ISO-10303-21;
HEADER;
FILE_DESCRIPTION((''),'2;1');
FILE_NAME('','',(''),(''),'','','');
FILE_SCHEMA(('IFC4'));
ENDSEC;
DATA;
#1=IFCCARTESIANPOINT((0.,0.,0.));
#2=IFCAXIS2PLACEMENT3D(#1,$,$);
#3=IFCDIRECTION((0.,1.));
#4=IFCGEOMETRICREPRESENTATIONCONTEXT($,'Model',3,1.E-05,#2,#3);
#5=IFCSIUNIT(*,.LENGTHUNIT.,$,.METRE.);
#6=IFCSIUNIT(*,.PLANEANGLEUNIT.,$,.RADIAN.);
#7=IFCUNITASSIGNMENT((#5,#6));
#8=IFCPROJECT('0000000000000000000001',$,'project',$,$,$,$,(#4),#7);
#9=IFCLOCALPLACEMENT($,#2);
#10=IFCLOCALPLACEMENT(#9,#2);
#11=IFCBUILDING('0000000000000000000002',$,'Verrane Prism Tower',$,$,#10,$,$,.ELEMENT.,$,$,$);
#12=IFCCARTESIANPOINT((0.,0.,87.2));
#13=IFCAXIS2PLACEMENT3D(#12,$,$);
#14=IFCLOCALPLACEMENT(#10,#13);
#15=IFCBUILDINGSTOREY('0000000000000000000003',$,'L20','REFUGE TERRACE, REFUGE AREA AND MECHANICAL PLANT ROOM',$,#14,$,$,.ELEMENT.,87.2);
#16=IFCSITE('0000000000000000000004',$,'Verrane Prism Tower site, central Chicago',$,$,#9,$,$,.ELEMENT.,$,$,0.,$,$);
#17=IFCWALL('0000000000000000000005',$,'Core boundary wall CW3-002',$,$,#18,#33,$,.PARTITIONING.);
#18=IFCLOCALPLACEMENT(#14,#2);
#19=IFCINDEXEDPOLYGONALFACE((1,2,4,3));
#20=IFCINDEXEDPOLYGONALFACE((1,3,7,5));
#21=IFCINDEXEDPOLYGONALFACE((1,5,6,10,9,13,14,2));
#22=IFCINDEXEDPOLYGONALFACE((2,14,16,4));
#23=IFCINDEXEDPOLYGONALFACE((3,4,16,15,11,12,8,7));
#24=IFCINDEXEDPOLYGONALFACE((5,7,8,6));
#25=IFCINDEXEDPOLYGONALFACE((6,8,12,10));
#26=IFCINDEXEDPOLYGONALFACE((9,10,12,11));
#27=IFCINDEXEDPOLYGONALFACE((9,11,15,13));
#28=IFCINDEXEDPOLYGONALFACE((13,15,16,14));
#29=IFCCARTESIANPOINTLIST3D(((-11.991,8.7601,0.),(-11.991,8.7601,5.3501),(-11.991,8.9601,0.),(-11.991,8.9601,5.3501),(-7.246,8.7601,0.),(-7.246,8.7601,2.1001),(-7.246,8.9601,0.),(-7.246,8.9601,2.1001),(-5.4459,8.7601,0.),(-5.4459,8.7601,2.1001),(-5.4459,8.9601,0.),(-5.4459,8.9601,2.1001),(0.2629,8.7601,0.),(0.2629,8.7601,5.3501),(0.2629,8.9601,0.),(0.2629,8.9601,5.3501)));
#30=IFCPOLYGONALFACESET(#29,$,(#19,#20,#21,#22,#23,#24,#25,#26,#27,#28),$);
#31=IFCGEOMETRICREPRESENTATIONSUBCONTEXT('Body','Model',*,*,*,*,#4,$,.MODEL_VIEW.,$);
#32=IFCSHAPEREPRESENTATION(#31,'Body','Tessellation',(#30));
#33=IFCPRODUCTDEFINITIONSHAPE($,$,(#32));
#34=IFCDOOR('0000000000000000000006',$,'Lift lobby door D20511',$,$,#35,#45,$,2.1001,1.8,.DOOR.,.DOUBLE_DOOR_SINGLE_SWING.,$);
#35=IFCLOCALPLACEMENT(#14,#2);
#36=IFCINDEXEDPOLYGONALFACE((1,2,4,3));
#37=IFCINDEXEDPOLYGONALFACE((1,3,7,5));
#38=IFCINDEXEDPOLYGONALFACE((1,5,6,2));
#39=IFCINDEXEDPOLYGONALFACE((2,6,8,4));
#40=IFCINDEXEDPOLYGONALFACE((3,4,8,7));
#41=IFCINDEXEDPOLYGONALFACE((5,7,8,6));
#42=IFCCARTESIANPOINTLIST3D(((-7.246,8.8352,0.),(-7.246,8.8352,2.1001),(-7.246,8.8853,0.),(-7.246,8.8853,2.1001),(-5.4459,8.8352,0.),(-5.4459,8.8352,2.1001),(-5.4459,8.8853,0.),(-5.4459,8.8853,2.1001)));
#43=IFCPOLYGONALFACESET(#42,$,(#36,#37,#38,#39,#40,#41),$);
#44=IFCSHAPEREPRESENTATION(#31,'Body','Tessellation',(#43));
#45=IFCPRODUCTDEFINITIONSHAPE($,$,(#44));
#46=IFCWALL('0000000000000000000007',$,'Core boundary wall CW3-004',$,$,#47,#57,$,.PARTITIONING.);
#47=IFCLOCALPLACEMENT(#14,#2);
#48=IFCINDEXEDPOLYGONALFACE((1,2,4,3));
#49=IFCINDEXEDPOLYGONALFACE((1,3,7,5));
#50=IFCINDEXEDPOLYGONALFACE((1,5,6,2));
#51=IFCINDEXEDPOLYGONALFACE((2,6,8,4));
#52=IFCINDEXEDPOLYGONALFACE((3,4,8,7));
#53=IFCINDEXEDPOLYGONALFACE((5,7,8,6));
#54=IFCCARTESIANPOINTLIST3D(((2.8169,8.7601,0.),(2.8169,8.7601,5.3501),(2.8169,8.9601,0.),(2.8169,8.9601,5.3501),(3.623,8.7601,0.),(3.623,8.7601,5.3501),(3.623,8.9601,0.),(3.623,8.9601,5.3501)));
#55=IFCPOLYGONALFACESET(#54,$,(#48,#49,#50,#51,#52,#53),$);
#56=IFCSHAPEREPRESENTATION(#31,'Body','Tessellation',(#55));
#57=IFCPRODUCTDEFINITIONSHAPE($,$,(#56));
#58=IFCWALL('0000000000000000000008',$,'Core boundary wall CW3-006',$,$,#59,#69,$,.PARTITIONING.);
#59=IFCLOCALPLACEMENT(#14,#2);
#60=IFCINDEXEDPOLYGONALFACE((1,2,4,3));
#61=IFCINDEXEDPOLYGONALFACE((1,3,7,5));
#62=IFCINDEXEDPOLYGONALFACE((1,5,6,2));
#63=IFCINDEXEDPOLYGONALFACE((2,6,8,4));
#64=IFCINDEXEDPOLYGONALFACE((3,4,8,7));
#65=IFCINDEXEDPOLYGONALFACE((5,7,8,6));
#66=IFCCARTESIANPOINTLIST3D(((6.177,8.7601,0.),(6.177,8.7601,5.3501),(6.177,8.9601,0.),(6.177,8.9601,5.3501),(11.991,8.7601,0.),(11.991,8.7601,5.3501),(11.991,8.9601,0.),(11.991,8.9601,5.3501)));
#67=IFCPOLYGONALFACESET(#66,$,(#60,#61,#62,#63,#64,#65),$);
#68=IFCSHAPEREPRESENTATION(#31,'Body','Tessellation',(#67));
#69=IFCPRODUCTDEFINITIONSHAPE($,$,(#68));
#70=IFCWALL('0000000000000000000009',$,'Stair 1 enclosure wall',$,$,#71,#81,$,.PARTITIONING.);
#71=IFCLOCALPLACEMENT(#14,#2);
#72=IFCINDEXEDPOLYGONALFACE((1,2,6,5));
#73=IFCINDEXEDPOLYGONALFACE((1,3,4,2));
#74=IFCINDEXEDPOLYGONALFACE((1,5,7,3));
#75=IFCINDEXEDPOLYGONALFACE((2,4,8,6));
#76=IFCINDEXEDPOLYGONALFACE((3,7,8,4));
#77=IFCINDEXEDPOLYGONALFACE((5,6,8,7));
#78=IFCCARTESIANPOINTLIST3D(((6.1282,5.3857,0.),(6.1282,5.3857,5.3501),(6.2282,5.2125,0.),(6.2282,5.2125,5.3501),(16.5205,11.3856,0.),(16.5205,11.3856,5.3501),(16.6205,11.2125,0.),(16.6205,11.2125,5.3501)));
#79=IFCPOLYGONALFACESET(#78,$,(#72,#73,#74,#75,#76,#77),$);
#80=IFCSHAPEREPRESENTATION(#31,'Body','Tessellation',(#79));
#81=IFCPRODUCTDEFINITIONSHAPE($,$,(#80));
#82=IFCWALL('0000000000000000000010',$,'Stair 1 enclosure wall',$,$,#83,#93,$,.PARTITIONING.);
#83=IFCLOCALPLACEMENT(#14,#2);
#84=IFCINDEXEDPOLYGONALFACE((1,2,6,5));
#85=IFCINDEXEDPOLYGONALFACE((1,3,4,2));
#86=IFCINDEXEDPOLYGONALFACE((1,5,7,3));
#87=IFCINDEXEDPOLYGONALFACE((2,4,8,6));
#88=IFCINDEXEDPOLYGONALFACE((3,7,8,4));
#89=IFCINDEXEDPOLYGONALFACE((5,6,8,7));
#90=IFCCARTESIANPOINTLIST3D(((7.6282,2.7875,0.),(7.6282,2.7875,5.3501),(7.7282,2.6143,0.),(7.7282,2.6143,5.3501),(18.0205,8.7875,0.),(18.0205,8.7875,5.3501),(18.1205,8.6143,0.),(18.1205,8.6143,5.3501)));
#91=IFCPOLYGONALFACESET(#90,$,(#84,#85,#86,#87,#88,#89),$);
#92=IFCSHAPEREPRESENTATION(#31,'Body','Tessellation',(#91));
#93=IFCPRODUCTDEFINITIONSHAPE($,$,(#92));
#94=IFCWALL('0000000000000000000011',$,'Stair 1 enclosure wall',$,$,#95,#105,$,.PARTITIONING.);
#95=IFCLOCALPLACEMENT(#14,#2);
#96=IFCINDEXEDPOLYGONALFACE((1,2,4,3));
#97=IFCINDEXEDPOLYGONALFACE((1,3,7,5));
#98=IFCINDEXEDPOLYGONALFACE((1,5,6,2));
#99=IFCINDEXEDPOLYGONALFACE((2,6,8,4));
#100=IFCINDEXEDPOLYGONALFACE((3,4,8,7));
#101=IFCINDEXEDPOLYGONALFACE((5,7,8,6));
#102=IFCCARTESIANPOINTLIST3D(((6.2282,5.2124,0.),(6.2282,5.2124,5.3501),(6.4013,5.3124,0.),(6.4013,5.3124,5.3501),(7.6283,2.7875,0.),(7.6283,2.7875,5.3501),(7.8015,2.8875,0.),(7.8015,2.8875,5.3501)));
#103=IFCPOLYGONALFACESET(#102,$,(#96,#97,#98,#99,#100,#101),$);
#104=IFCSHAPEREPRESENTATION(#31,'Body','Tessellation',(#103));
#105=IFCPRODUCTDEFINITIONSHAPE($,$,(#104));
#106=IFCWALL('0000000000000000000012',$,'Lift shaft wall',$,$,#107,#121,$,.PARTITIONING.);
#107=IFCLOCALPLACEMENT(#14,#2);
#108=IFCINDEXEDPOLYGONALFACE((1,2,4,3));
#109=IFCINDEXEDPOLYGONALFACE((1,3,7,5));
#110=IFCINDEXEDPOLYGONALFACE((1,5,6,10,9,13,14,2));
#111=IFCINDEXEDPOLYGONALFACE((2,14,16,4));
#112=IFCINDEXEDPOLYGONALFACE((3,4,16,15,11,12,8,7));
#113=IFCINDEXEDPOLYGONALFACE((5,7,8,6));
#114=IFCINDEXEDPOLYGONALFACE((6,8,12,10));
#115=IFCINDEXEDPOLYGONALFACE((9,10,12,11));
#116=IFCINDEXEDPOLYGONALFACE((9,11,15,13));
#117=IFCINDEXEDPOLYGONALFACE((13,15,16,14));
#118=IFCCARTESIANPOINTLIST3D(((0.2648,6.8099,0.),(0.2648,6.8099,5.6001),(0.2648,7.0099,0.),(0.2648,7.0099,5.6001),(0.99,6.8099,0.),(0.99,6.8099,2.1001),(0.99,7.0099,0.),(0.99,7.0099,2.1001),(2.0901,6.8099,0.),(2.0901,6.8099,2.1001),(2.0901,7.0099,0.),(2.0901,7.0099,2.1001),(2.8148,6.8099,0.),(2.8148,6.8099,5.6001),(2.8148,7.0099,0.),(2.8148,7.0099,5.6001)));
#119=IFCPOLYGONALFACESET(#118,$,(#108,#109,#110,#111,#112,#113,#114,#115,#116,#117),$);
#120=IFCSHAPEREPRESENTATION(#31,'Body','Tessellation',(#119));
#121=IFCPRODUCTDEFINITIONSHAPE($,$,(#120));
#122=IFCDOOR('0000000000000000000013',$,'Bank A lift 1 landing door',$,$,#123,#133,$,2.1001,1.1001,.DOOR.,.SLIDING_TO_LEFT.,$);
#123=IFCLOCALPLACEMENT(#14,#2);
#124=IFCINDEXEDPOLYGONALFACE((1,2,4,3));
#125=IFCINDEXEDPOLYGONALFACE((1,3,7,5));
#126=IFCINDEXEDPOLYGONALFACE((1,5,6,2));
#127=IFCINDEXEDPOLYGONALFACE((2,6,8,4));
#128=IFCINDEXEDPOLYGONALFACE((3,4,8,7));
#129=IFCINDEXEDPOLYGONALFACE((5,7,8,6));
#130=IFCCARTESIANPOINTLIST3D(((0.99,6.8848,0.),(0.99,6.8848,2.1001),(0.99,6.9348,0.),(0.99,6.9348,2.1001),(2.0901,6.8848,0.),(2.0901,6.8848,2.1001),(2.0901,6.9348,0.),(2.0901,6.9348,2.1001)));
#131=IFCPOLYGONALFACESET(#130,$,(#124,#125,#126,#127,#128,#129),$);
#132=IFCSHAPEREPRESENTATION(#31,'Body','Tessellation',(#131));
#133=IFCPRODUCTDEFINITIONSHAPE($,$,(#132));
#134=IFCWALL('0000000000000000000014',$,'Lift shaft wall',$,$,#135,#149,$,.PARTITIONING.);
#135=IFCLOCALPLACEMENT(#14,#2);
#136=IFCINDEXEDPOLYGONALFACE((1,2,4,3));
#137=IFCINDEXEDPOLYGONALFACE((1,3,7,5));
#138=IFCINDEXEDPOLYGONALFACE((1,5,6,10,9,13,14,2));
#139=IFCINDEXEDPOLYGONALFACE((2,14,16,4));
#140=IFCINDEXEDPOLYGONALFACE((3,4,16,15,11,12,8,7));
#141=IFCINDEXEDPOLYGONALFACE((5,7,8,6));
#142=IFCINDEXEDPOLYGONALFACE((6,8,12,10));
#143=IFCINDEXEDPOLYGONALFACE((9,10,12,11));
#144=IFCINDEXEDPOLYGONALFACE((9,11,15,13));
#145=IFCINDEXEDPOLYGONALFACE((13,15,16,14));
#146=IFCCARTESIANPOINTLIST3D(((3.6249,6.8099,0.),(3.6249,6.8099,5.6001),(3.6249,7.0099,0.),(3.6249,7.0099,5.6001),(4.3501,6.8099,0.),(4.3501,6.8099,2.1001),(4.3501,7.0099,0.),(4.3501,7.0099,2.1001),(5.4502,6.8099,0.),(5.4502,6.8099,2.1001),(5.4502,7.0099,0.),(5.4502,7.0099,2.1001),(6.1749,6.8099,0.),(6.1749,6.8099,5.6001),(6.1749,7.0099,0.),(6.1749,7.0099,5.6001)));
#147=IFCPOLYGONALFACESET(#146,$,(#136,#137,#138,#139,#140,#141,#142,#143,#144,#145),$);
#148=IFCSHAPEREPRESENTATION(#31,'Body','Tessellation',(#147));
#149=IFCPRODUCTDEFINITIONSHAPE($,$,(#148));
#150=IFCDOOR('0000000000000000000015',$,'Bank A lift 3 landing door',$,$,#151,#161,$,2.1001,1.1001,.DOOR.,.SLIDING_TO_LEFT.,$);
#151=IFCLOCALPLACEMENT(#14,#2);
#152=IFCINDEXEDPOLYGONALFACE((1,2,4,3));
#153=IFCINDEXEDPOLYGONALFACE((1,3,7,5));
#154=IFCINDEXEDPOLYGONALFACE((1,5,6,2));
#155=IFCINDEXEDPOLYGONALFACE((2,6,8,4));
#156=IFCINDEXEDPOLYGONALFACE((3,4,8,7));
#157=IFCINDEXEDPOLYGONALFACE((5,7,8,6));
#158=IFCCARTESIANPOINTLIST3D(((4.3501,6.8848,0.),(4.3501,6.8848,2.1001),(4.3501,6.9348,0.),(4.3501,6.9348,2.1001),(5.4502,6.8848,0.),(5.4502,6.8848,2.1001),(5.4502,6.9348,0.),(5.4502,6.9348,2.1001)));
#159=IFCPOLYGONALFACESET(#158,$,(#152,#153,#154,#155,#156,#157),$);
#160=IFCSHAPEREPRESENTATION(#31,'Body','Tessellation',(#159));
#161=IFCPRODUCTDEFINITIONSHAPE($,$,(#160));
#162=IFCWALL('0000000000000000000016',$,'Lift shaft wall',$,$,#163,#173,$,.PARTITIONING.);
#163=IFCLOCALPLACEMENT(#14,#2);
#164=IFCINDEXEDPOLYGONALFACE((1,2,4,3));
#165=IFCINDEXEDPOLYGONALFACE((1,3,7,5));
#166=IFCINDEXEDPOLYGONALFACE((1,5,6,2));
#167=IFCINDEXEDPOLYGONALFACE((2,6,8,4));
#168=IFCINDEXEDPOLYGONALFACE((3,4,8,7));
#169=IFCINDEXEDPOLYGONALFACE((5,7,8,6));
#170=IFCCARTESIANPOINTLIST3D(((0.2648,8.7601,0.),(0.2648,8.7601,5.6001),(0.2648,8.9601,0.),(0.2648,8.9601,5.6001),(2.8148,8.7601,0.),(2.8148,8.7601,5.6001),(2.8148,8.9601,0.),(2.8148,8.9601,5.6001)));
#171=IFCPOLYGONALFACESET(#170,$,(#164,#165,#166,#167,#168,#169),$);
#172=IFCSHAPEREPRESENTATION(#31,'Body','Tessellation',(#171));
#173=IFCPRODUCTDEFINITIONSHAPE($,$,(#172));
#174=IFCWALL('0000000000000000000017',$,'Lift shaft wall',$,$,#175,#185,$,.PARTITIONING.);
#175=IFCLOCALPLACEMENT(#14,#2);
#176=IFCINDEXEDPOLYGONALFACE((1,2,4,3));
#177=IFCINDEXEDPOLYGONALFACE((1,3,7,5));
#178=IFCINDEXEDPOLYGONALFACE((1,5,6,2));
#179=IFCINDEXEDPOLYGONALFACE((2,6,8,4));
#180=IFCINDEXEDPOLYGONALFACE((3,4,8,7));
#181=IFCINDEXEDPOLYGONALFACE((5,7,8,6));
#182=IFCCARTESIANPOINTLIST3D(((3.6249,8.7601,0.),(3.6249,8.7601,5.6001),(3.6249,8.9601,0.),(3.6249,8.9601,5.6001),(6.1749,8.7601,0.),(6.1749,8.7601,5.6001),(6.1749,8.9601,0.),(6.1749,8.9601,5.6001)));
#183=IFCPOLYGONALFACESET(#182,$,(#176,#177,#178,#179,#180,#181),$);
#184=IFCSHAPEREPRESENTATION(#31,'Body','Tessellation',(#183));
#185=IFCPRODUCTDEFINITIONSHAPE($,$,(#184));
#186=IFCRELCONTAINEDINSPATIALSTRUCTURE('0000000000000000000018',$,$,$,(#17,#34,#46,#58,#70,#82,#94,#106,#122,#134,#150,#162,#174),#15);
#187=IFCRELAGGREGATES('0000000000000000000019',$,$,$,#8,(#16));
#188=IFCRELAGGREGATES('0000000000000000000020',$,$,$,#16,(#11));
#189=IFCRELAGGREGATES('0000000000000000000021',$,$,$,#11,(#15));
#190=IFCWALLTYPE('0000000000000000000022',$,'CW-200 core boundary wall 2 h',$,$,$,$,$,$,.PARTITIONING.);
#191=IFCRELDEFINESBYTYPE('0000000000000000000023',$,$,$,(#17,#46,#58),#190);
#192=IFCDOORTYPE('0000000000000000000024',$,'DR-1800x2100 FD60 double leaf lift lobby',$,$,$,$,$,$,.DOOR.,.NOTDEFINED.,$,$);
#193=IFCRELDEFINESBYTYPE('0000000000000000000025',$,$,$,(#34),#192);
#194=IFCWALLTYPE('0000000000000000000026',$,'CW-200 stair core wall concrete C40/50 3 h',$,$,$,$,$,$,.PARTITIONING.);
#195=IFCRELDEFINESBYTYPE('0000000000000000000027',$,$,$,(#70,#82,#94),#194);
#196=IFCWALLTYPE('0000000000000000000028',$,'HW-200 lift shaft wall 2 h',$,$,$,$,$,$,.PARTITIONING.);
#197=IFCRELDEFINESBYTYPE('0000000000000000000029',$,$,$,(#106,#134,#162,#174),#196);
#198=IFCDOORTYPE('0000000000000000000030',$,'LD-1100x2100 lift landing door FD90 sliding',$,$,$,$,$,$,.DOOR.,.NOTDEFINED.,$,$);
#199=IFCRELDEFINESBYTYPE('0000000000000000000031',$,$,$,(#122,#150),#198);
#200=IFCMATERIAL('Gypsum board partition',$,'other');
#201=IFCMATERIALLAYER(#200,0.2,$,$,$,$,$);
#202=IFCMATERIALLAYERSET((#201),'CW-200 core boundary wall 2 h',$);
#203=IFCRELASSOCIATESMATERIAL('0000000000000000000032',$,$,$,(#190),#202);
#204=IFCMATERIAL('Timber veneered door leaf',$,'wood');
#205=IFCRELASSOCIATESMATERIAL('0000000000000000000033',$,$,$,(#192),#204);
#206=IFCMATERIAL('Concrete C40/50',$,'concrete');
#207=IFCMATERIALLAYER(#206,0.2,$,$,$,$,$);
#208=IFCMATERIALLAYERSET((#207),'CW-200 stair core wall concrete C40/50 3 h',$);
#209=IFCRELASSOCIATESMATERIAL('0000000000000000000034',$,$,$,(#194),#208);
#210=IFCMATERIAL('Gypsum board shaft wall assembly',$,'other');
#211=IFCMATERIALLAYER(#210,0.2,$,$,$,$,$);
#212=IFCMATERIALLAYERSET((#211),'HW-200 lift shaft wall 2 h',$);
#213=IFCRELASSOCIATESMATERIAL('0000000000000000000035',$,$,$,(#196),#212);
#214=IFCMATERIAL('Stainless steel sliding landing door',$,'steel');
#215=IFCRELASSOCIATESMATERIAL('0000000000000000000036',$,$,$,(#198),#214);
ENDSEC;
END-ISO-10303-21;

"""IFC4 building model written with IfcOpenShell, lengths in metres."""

from ifc_helpers import new_model, si_unit, direction, frame, frame_2d, origin, place, context, subcontext, project, spatial, rectangle, extrude, material, layer, layer_set, type_object, element, fill, save


model = new_model("IFC4")

# Units and contexts
model_context = context("Model", 3, precision=1e-05, world=origin(), true_north=direction((0.0, 1.0)))
body_context = subcontext(model_context, "Body", "Model", "MODEL_VIEW")
ifc_project = project(units=[si_unit("LENGTHUNIT", "METRE"), si_unit("PLANEANGLEUNIT", "RADIAN")], contexts=[model_context])

# Site, building, storey
site_placement = place(None, origin())
site = spatial("IfcSite", under=ifc_project, at=site_placement, Name="Verrane Prism Tower site, central Chicago", CompositionType="ELEMENT", RefElevation=0.0)
building_placement = place(site_placement, origin())
building = spatial("IfcBuilding", under=site, at=building_placement, Name="Verrane Prism Tower", CompositionType="ELEMENT")
storey_placement = place(building_placement, frame((0.0, 0.0, 87.2)))
storey = spatial("IfcBuildingStorey", under=building, at=storey_placement, Name="L20", Description="REFUGE TERRACE, REFUGE AREA AND MECHANICAL PLANT ROOM", CompositionType="ELEMENT", Elevation=87.2)

# Wall, opening, door
ifc_material_1 = material(Name="Gypsum board partition", Category="other")
ifc_layer_1 = layer(ifc_material_1, 0.2)
ifc_layer_set_1 = layer_set([ifc_layer_1], Name="CW-200 core boundary wall 2 h")
wall_type_1 = type_object("IfcWallType", Name="CW-200 core boundary wall 2 h", PredefinedType="PARTITIONING", material=ifc_layer_set_1)
wall_1_placement = place(storey_placement, frame((0.2629, 8.8601, 0.0), z_axis=(0.0, 0.0, 1.0), x_axis=(-1.0, 0.0, 0.0)))
wall_1 = element("IfcWall", 1, at=wall_1_placement, inside=storey, type_object=wall_type_1, Name="Core boundary wall CW3-002", PredefinedType="PARTITIONING", context=body_context, shape_type="SweptSolid", body=[
    extrude(rectangle(XDim=12.2539, YDim=0.2, at=frame_2d((6.127, 0.0))), origin(), (0.0, 0.0, 1.0), 5.3501),
])
opening_1_placement = place(wall_1_placement, frame((5.709, 0.0, 0.0)))
opening_1 = element("IfcOpeningElement", 2, at=opening_1_placement, cuts=wall_1, PredefinedType="OPENING", context=body_context, shape_type="SweptSolid", body=[
    extrude(rectangle(XDim=1.8, YDim=2.1001, at=frame_2d((0.8999, 1.05))), frame((0.0, 0.1099, 0.0), z_axis=(0.0, -1.0, 0.0), x_axis=(1.0, 0.0, 0.0)), (0.0, 0.0, 1.0), 0.22),
])
ifc_material_2 = material(Name="Timber veneered door leaf", Category="wood")
door_type_1 = type_object("IfcDoorType", Name="DR-1800x2100 FD60 double leaf lift lobby", OperationType="NOTDEFINED", PredefinedType="DOOR", material=ifc_material_2)
door_1_placement = place(opening_1_placement, origin())
door_1 = element("IfcDoor", 3, at=door_1_placement, inside=storey, type_object=door_type_1, Name="Lift lobby door D20511", OperationType="DOUBLE_DOOR_SINGLE_SWING", OverallHeight=2.1001, OverallWidth=1.8, PredefinedType="DOOR", context=body_context, shape_type="SweptSolid", body=[
    extrude(rectangle(XDim=1.8, YDim=2.1001, at=frame_2d((0.8999, 1.05))), frame((0.0, 0.0249, 0.0), z_axis=(0.0, -1.0, 0.0), x_axis=(1.0, 0.0, 0.0)), (0.0, 0.0, 1.0), 0.05),
])
fill(opening_1, door_1)

# Walls
wall_2_placement = place(storey_placement, frame((2.8169, 8.8601, 0.0), z_axis=(0.0, 0.0, 1.0), x_axis=(1.0, 0.0, 0.0)))
element("IfcWall", 4, at=wall_2_placement, inside=storey, type_object=wall_type_1, Name="Core boundary wall CW3-004", PredefinedType="PARTITIONING", context=body_context, shape_type="SweptSolid", body=[
    extrude(rectangle(XDim=0.8062, YDim=0.2, at=frame_2d((0.4031, 0.0))), origin(), (0.0, 0.0, 1.0), 5.3501),
])
wall_3_placement = place(storey_placement, frame((6.177, 8.8601, 0.0), z_axis=(0.0, 0.0, 1.0), x_axis=(1.0, 0.0, 0.0)))
element("IfcWall", 5, at=wall_3_placement, inside=storey, type_object=wall_type_1, Name="Core boundary wall CW3-006", PredefinedType="PARTITIONING", context=body_context, shape_type="SweptSolid", body=[
    extrude(rectangle(XDim=5.814, YDim=0.2, at=frame_2d((2.907, 0.0))), origin(), (0.0, 0.0, 1.0), 5.3501),
])
ifc_material_3 = material(Name="Concrete C40/50", Category="concrete")
ifc_layer_2 = layer(ifc_material_3, 0.2)
ifc_layer_set_2 = layer_set([ifc_layer_2], Name="CW-200 stair core wall concrete C40/50 3 h")
wall_type_2 = type_object("IfcWallType", Name="CW-200 stair core wall concrete C40/50 3 h", PredefinedType="PARTITIONING", material=ifc_layer_set_2)
for number, where, z_axis, x_axis, name in (
    (6, (6.1782, 5.2991, 0.0), (0.0, 0.0, 1.0), (0.866026, 0.499999, 0.0), "Stair 1 enclosure wall"),
    (7, (7.6782, 2.7009, 0.0), (0.0, 0.0, 1.0), (0.866026, 0.499999, 0.0), "Stair 1 enclosure wall"),
):
    element("IfcWall", number, at=place(storey_placement, frame(where, z_axis=z_axis, x_axis=x_axis)), inside=storey, type_object=wall_type_2, Name=name, PredefinedType="PARTITIONING", context=body_context, shape_type="SweptSolid", body=[
        extrude(rectangle(XDim=12.0, YDim=0.2, at=frame_2d((6.0, 0.0))), origin(), (0.0, 0.0, 1.0), 5.3501),
    ])
wall_4_placement = place(storey_placement, frame((7.7148, 2.8376, 0.0), z_axis=(0.0, 0.0, 1.0), x_axis=(-0.50005, 0.865997, 0.0)))
element("IfcWall", 8, at=wall_4_placement, inside=storey, type_object=wall_type_2, Name="Stair 1 enclosure wall", PredefinedType="PARTITIONING", context=body_context, shape_type="SweptSolid", body=[
    extrude(rectangle(XDim=2.8, YDim=0.2, at=frame_2d((1.3999, 0.0))), origin(), (0.0, 0.0, 1.0), 5.3501),
])

# Walls, openings, doors
ifc_material_4 = material(Name="Gypsum board shaft wall assembly", Category="other")
ifc_layer_3 = layer(ifc_material_4, 0.2)
ifc_layer_set_3 = layer_set([ifc_layer_3], Name="HW-200 lift shaft wall 2 h")
wall_type_3 = type_object("IfcWallType", Name="HW-200 lift shaft wall 2 h", PredefinedType="PARTITIONING", material=ifc_layer_set_3)
wall_5_placement = place(storey_placement, frame((0.2649, 6.9099, 0.0), z_axis=(0.0, 0.0, 1.0), x_axis=(1.0, 0.0, 0.0)))
wall_5 = element("IfcWall", 9, at=wall_5_placement, inside=storey, type_object=wall_type_3, Name="Lift shaft wall", PredefinedType="PARTITIONING", context=body_context, shape_type="SweptSolid", body=[
    extrude(rectangle(XDim=2.55, YDim=0.2, at=frame_2d((1.2749, 0.0))), origin(), (0.0, 0.0, 1.0), 5.6001),
])
opening_2_placement = place(wall_5_placement, frame((0.7251, 0.0, 0.0)))
opening_2 = element("IfcOpeningElement", 10, at=opening_2_placement, cuts=wall_5, PredefinedType="OPENING", context=body_context, shape_type="SweptSolid", body=[
    extrude(rectangle(XDim=1.1001, YDim=2.1001, at=frame_2d((0.55, 1.05))), frame((0.0, 0.1099, 0.0), z_axis=(0.0, -1.0, 0.0), x_axis=(1.0, 0.0, 0.0)), (0.0, 0.0, 1.0), 0.22),
])
ifc_material_5 = material(Name="Stainless steel sliding landing door", Category="steel")
door_type_2 = type_object("IfcDoorType", Name="LD-1100x2100 lift landing door FD90 sliding", OperationType="NOTDEFINED", PredefinedType="DOOR", material=ifc_material_5)
door_2_placement = place(opening_2_placement, origin())
door_2 = element("IfcDoor", 11, at=door_2_placement, inside=storey, type_object=door_type_2, Name="Bank A lift 1 landing door", OperationType="SLIDING_TO_LEFT", OverallHeight=2.1001, OverallWidth=1.1001, PredefinedType="DOOR", context=body_context, shape_type="SweptSolid", body=[
    extrude(rectangle(XDim=1.1001, YDim=2.1001, at=frame_2d((0.55, 1.05))), frame((0.0, 0.0249, 0.0), z_axis=(0.0, -1.0, 0.0), x_axis=(1.0, 0.0, 0.0)), (0.0, 0.0, 1.0), 0.05),
])
fill(opening_2, door_2)
wall_6_placement = place(storey_placement, frame((3.625, 6.9099, 0.0), z_axis=(0.0, 0.0, 1.0), x_axis=(1.0, 0.0, 0.0)))
wall_6 = element("IfcWall", 12, at=wall_6_placement, inside=storey, type_object=wall_type_3, Name="Lift shaft wall", PredefinedType="PARTITIONING", context=body_context, shape_type="SweptSolid", body=[
    extrude(rectangle(XDim=2.55, YDim=0.2, at=frame_2d((1.2749, 0.0))), origin(), (0.0, 0.0, 1.0), 5.6001),
])
opening_3_placement = place(wall_6_placement, frame((0.7251, 0.0, 0.0)))
opening_3 = element("IfcOpeningElement", 13, at=opening_3_placement, cuts=wall_6, PredefinedType="OPENING", context=body_context, shape_type="SweptSolid", body=[
    extrude(rectangle(XDim=1.1001, YDim=2.1001, at=frame_2d((0.55, 1.05))), frame((0.0, 0.1099, 0.0), z_axis=(0.0, -1.0, 0.0), x_axis=(1.0, 0.0, 0.0)), (0.0, 0.0, 1.0), 0.22),
])
door_3_placement = place(opening_3_placement, origin())
door_3 = element("IfcDoor", 14, at=door_3_placement, inside=storey, type_object=door_type_2, Name="Bank A lift 3 landing door", OperationType="SLIDING_TO_LEFT", OverallHeight=2.1001, OverallWidth=1.1001, PredefinedType="DOOR", context=body_context, shape_type="SweptSolid", body=[
    extrude(rectangle(XDim=1.1001, YDim=2.1001, at=frame_2d((0.55, 1.05))), frame((0.0, 0.0249, 0.0), z_axis=(0.0, -1.0, 0.0), x_axis=(1.0, 0.0, 0.0)), (0.0, 0.0, 1.0), 0.05),
])
fill(opening_3, door_3)

# Walls
for number, where, z_axis, x_axis, name in (
    (15, (0.2649, 8.8601, 0.0), (0.0, 0.0, 1.0), (1.0, 0.0, 0.0), "Lift shaft wall"),
    (16, (3.625, 8.8601, 0.0), (0.0, 0.0, 1.0), (1.0, 0.0, 0.0), "Lift shaft wall"),
):
    element("IfcWall", number, at=place(storey_placement, frame(where, z_axis=z_axis, x_axis=x_axis)), inside=storey, type_object=wall_type_3, Name=name, PredefinedType="PARTITIONING", context=body_context, shape_type="SweptSolid", body=[
        extrude(rectangle(XDim=2.55, YDim=0.2, at=frame_2d((1.2749, 0.0))), origin(), (0.0, 0.0, 1.0), 5.6001),
    ])

save(model, "model.ifc")
